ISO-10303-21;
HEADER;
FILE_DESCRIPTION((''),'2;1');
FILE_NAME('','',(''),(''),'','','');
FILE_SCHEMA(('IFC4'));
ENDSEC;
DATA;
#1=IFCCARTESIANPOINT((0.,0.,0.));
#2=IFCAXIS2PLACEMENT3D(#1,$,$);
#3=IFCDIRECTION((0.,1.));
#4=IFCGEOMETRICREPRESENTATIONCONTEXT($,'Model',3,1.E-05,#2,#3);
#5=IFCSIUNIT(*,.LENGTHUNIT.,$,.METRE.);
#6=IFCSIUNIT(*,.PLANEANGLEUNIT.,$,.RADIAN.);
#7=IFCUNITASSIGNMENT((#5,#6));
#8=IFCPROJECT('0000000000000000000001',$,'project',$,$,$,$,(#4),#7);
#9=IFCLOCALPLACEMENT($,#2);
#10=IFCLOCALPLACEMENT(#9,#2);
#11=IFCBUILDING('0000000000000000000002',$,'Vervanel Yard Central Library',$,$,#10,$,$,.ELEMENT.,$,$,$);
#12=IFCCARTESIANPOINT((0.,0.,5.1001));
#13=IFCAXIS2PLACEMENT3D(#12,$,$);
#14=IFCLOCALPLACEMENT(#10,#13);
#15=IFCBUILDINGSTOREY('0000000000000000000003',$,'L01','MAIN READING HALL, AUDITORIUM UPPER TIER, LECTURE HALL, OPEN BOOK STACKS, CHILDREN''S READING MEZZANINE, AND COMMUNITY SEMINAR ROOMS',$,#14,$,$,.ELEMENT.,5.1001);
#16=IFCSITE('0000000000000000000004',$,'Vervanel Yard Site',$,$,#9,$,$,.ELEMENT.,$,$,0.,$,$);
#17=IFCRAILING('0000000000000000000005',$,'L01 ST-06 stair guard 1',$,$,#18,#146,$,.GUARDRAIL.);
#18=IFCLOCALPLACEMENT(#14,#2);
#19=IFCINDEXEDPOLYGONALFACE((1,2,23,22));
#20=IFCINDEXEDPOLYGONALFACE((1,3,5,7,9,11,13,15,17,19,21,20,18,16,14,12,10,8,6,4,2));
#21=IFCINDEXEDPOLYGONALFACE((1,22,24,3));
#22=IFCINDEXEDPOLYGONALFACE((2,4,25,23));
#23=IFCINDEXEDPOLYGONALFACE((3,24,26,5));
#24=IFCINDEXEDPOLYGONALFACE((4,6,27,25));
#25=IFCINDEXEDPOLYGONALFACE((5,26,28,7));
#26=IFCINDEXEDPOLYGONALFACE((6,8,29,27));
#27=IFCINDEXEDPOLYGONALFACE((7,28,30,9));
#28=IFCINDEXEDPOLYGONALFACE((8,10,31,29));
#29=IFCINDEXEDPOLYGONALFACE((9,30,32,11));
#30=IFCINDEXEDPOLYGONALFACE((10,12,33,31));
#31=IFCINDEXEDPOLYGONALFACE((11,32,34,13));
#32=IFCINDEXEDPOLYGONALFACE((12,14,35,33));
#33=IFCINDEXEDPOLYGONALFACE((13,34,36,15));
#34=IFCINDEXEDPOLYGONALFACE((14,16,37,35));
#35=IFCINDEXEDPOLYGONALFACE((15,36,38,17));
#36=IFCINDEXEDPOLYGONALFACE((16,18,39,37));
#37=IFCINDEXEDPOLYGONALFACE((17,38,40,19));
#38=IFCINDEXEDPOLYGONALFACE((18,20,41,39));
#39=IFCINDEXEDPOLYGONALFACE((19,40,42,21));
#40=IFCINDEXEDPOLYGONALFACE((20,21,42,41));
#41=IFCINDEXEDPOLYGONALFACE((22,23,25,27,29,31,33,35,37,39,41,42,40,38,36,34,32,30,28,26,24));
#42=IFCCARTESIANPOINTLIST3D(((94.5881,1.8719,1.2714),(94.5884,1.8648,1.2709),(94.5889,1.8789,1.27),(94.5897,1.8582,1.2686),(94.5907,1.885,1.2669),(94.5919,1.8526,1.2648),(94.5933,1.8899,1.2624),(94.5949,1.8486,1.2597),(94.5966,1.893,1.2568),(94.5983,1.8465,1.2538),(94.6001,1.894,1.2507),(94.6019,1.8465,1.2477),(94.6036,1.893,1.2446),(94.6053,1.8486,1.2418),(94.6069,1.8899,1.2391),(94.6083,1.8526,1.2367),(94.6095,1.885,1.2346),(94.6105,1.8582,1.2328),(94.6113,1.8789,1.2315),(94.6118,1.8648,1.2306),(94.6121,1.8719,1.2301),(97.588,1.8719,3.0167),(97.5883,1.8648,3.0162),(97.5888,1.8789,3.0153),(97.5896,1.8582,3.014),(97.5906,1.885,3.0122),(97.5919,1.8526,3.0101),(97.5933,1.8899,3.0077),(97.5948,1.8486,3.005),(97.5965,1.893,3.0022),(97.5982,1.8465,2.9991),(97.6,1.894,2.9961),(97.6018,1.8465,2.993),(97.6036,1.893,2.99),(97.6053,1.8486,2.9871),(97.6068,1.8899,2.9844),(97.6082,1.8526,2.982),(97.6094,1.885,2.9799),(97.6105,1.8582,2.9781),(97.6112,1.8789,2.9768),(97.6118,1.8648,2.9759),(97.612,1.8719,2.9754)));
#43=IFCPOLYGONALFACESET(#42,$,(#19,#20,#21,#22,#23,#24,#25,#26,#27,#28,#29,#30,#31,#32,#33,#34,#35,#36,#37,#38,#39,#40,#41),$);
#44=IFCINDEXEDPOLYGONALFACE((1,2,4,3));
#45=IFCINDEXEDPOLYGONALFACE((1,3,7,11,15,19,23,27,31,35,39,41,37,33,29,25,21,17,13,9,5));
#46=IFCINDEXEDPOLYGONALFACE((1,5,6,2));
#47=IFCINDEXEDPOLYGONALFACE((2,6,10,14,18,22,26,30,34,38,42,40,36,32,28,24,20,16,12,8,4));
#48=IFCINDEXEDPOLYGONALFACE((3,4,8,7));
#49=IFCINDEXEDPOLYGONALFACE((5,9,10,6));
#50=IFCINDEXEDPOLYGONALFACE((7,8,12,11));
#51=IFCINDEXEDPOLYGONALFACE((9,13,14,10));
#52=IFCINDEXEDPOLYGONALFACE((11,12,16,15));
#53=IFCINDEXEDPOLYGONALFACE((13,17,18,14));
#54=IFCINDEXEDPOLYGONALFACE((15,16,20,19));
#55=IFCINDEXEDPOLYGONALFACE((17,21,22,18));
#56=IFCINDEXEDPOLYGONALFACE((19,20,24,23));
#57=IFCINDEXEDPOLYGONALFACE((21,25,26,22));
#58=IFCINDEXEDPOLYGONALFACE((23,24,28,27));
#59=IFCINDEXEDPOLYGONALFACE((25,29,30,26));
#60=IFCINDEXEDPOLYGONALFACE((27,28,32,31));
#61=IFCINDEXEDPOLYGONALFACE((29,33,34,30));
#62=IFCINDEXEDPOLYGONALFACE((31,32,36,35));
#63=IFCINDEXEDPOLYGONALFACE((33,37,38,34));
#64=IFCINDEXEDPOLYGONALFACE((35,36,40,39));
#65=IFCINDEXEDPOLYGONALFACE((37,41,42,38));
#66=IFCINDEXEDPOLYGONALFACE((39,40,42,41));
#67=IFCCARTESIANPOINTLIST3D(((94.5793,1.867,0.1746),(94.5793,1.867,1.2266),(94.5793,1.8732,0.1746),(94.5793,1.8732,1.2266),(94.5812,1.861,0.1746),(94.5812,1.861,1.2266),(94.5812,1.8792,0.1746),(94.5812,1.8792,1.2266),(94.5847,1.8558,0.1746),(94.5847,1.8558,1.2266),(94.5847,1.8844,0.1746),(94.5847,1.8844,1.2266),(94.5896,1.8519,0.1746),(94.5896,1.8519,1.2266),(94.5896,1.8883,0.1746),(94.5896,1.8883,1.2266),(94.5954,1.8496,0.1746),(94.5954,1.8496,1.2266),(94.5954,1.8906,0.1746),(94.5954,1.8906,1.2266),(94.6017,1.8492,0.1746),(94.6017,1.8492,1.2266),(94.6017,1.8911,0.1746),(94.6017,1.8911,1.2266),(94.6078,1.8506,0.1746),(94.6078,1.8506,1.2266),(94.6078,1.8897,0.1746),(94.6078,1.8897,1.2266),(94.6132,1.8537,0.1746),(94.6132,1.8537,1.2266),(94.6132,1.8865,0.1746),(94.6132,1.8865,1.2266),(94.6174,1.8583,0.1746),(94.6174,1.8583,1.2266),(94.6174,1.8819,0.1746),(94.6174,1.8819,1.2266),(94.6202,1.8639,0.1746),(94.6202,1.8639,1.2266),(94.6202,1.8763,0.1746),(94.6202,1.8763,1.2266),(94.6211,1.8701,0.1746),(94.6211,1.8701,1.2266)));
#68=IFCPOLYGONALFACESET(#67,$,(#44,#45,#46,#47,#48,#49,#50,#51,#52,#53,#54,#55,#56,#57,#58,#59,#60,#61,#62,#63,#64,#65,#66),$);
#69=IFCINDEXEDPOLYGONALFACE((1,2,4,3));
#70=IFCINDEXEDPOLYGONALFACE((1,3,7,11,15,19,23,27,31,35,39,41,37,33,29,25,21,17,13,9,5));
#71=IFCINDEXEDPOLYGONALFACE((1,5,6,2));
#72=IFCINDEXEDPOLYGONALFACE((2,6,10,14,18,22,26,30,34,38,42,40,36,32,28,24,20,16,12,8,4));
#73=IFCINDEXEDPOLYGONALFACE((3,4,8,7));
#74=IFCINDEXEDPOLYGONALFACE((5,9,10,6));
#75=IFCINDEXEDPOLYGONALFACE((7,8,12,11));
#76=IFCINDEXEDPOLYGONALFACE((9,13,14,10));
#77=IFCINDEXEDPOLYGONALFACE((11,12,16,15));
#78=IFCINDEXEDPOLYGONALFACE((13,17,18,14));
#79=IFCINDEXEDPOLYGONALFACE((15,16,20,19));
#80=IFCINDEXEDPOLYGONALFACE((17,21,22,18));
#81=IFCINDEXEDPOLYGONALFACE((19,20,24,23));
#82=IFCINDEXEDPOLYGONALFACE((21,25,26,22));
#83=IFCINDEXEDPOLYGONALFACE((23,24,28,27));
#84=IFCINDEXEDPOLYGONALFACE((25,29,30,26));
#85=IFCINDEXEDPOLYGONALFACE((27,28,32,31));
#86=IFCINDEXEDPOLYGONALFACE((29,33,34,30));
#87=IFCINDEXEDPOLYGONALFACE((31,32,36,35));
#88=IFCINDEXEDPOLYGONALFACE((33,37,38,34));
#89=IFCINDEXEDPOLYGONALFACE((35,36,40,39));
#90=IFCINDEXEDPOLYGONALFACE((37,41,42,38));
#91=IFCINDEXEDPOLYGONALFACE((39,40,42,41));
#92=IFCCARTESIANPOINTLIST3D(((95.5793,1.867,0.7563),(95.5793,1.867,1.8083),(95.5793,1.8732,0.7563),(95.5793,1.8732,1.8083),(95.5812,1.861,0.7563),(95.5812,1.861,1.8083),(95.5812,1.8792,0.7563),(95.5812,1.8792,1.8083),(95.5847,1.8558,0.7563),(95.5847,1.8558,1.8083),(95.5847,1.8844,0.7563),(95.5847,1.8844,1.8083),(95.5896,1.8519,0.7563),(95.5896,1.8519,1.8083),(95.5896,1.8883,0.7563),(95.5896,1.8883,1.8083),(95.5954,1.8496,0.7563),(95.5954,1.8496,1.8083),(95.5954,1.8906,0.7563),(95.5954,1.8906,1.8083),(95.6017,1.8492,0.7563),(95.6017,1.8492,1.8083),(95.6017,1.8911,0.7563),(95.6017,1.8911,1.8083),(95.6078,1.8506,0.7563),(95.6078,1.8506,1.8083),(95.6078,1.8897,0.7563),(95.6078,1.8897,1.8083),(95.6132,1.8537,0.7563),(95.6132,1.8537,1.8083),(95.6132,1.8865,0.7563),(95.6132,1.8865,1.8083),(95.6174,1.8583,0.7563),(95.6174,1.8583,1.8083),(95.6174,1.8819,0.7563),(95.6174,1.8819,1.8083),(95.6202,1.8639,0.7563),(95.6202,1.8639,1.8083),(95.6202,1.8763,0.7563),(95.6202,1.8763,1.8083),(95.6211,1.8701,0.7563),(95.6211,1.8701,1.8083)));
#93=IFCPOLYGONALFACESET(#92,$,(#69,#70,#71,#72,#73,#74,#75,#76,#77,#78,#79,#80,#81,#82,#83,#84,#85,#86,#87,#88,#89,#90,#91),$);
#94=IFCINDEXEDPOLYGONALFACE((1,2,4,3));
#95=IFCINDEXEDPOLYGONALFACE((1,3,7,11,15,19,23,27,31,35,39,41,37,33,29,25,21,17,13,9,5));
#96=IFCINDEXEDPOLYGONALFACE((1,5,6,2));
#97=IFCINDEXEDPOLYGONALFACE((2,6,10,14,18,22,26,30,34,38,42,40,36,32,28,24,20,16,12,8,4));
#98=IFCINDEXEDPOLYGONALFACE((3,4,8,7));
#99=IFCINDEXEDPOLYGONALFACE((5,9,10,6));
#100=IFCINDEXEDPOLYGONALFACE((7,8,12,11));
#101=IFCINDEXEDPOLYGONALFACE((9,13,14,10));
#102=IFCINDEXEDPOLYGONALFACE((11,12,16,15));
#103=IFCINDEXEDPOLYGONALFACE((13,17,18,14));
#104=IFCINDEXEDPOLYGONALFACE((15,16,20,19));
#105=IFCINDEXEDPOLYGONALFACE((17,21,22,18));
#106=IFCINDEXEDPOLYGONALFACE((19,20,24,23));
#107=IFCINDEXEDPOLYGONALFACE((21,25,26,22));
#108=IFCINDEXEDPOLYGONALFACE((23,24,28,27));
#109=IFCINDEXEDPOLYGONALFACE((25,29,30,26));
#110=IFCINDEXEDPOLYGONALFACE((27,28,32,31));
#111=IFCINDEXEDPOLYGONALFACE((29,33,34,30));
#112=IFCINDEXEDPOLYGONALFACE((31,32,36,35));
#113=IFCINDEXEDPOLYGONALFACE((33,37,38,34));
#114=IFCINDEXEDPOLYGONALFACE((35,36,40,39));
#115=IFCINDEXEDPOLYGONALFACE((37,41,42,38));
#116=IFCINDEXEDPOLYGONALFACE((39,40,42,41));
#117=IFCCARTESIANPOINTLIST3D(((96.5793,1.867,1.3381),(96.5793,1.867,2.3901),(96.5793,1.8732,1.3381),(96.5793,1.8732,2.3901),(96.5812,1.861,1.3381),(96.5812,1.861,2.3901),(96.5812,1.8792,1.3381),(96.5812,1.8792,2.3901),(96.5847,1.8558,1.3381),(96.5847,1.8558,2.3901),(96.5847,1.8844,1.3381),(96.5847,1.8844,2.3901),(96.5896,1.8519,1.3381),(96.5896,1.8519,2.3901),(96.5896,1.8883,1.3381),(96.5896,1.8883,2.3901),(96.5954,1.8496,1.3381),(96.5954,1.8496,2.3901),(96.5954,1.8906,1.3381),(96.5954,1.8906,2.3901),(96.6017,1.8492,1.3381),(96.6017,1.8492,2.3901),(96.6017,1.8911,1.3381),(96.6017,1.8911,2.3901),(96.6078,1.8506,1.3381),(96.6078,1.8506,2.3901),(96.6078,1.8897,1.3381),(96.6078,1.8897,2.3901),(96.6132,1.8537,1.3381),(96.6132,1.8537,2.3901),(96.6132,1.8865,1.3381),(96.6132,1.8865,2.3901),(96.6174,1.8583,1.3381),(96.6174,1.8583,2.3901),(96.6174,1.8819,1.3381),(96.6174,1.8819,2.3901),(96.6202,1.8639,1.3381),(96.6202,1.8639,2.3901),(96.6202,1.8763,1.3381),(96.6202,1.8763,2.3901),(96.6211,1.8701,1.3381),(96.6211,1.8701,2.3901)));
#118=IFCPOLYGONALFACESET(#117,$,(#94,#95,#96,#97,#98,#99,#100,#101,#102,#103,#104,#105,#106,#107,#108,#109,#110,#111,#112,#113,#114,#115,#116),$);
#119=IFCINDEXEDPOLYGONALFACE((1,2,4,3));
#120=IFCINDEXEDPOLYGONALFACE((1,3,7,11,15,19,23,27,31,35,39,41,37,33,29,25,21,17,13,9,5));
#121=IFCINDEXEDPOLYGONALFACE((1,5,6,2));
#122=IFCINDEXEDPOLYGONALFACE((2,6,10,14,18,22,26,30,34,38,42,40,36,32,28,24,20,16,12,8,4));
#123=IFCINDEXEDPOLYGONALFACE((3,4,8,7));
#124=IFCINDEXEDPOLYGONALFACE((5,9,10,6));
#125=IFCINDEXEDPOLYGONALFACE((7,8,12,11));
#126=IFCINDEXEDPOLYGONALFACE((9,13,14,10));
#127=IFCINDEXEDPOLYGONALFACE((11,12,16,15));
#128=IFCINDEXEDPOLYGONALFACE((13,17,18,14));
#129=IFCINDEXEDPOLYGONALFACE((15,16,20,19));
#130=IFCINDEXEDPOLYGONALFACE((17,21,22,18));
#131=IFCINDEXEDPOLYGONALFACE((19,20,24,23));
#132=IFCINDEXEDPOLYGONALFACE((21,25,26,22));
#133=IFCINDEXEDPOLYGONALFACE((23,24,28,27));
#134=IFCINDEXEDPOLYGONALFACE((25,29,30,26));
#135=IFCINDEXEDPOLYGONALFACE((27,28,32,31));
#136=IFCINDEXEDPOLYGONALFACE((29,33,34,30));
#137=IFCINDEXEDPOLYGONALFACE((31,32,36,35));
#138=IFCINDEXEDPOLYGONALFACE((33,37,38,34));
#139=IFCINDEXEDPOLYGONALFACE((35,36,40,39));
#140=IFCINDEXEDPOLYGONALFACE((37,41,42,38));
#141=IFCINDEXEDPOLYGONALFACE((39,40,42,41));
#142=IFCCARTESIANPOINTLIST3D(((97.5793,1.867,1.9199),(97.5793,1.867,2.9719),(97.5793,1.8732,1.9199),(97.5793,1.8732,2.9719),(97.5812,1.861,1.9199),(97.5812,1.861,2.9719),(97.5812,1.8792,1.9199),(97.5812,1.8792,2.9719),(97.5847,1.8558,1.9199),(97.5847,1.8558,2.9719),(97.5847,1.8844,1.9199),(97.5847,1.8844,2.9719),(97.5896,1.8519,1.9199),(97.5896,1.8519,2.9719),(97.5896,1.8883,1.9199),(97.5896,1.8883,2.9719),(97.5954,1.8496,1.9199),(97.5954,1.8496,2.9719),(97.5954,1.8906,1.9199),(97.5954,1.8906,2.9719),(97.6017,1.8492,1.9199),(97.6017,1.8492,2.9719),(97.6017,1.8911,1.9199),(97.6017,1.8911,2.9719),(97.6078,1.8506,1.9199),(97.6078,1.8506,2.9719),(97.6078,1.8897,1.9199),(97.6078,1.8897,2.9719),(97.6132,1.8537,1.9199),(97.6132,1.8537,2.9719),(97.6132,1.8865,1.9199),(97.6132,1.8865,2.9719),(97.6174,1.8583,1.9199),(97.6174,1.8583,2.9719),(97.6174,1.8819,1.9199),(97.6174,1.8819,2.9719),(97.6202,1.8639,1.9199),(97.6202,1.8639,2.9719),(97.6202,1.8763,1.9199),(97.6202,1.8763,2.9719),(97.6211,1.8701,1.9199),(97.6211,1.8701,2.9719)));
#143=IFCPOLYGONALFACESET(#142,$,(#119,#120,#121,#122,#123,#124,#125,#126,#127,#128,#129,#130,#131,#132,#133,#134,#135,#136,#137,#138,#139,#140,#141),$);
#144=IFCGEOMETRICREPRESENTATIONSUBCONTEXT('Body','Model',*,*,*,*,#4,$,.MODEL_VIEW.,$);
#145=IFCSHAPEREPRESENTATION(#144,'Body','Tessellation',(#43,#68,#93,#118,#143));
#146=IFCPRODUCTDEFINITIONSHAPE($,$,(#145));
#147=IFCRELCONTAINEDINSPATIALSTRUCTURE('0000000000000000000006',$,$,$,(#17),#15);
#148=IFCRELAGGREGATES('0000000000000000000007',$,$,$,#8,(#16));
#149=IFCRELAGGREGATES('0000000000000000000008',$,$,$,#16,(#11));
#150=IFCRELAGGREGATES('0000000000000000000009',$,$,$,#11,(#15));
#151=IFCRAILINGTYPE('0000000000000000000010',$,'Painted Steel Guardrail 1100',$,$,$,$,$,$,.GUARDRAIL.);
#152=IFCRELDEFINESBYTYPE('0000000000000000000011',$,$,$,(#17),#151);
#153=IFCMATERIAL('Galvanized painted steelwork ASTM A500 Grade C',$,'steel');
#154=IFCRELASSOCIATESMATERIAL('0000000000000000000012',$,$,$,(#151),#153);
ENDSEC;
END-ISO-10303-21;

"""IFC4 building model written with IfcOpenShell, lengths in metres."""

from ifc_helpers import new_model, si_unit, direction, frame, origin, origin_2d, place, context, subcontext, project, spatial, circle, extrude, material, type_object, element, save


model = new_model("IFC4")

# Units and contexts
model_context = context("Model", 3, precision=1e-05, world=origin(), true_north=direction((0.0, 1.0)))
body_context = subcontext(model_context, "Body", "Model", "MODEL_VIEW")
ifc_project = project(units=[si_unit("LENGTHUNIT", "METRE"), si_unit("PLANEANGLEUNIT", "RADIAN")], contexts=[model_context])

# Site, building, storey
site_placement = place(None, origin())
site = spatial("IfcSite", under=ifc_project, at=site_placement, Name="Vervanel Yard Site", CompositionType="ELEMENT", RefElevation=0.0)
building_placement = place(site_placement, origin())
building = spatial("IfcBuilding", under=site, at=building_placement, Name="Vervanel Yard Central Library", CompositionType="ELEMENT")
storey_placement = place(building_placement, frame((0.0, 0.0, 5.1001)))
storey = spatial("IfcBuildingStorey", under=building, at=storey_placement, Name="L01", Description="MAIN READING HALL, AUDITORIUM UPPER TIER, LECTURE HALL, OPEN BOOK STACKS, CHILDREN'S READING MEZZANINE, AND COMMUNITY SEMINAR ROOMS", CompositionType="ELEMENT", Elevation=5.1001)

# Shared definitions
ifc_material_1 = material(Name="Galvanized painted steelwork ASTM A500 Grade C", Category="steel")

# Railing
railing_type_1 = type_object("IfcRailingType", Name="Painted Steel Guardrail 1100", PredefinedType="GUARDRAIL", material=ifc_material_1)
railing_1_placement = place(storey_placement, frame((94.6001, 1.8701, 0.1746)))
element("IfcRailing", 1, at=railing_1_placement, inside=storey, type_object=railing_type_1, Name="L01 ST-06 stair guard 1", PredefinedType="GUARDRAIL", context=body_context, shape_type="SweptSolid", body=[
    extrude(circle(Radius=0.0239, at=origin_2d()), frame((0.0, 0.0, 1.0762), z_axis=(0.86436, 0.0, 0.502874), x_axis=(0.0, 1.0, 0.0)), (0.0, 0.0, 1.0), 3.4707),
    extrude(circle(Radius=0.021, at=origin_2d()), origin(), (0.0, 0.0, 1.0), 1.052),
    extrude(circle(Radius=0.021, at=origin_2d()), frame((1.0, 0.0, 0.5818)), (0.0, 0.0, 1.0), 1.052),
    extrude(circle(Radius=0.021, at=origin_2d()), frame((2.0, 0.0, 1.1636)), (0.0, 0.0, 1.0), 1.052),
    extrude(circle(Radius=0.021, at=origin_2d()), frame((3.0, 0.0, 1.7454)), (0.0, 0.0, 1.0), 1.052),
])

save(model, "model.ifc")
